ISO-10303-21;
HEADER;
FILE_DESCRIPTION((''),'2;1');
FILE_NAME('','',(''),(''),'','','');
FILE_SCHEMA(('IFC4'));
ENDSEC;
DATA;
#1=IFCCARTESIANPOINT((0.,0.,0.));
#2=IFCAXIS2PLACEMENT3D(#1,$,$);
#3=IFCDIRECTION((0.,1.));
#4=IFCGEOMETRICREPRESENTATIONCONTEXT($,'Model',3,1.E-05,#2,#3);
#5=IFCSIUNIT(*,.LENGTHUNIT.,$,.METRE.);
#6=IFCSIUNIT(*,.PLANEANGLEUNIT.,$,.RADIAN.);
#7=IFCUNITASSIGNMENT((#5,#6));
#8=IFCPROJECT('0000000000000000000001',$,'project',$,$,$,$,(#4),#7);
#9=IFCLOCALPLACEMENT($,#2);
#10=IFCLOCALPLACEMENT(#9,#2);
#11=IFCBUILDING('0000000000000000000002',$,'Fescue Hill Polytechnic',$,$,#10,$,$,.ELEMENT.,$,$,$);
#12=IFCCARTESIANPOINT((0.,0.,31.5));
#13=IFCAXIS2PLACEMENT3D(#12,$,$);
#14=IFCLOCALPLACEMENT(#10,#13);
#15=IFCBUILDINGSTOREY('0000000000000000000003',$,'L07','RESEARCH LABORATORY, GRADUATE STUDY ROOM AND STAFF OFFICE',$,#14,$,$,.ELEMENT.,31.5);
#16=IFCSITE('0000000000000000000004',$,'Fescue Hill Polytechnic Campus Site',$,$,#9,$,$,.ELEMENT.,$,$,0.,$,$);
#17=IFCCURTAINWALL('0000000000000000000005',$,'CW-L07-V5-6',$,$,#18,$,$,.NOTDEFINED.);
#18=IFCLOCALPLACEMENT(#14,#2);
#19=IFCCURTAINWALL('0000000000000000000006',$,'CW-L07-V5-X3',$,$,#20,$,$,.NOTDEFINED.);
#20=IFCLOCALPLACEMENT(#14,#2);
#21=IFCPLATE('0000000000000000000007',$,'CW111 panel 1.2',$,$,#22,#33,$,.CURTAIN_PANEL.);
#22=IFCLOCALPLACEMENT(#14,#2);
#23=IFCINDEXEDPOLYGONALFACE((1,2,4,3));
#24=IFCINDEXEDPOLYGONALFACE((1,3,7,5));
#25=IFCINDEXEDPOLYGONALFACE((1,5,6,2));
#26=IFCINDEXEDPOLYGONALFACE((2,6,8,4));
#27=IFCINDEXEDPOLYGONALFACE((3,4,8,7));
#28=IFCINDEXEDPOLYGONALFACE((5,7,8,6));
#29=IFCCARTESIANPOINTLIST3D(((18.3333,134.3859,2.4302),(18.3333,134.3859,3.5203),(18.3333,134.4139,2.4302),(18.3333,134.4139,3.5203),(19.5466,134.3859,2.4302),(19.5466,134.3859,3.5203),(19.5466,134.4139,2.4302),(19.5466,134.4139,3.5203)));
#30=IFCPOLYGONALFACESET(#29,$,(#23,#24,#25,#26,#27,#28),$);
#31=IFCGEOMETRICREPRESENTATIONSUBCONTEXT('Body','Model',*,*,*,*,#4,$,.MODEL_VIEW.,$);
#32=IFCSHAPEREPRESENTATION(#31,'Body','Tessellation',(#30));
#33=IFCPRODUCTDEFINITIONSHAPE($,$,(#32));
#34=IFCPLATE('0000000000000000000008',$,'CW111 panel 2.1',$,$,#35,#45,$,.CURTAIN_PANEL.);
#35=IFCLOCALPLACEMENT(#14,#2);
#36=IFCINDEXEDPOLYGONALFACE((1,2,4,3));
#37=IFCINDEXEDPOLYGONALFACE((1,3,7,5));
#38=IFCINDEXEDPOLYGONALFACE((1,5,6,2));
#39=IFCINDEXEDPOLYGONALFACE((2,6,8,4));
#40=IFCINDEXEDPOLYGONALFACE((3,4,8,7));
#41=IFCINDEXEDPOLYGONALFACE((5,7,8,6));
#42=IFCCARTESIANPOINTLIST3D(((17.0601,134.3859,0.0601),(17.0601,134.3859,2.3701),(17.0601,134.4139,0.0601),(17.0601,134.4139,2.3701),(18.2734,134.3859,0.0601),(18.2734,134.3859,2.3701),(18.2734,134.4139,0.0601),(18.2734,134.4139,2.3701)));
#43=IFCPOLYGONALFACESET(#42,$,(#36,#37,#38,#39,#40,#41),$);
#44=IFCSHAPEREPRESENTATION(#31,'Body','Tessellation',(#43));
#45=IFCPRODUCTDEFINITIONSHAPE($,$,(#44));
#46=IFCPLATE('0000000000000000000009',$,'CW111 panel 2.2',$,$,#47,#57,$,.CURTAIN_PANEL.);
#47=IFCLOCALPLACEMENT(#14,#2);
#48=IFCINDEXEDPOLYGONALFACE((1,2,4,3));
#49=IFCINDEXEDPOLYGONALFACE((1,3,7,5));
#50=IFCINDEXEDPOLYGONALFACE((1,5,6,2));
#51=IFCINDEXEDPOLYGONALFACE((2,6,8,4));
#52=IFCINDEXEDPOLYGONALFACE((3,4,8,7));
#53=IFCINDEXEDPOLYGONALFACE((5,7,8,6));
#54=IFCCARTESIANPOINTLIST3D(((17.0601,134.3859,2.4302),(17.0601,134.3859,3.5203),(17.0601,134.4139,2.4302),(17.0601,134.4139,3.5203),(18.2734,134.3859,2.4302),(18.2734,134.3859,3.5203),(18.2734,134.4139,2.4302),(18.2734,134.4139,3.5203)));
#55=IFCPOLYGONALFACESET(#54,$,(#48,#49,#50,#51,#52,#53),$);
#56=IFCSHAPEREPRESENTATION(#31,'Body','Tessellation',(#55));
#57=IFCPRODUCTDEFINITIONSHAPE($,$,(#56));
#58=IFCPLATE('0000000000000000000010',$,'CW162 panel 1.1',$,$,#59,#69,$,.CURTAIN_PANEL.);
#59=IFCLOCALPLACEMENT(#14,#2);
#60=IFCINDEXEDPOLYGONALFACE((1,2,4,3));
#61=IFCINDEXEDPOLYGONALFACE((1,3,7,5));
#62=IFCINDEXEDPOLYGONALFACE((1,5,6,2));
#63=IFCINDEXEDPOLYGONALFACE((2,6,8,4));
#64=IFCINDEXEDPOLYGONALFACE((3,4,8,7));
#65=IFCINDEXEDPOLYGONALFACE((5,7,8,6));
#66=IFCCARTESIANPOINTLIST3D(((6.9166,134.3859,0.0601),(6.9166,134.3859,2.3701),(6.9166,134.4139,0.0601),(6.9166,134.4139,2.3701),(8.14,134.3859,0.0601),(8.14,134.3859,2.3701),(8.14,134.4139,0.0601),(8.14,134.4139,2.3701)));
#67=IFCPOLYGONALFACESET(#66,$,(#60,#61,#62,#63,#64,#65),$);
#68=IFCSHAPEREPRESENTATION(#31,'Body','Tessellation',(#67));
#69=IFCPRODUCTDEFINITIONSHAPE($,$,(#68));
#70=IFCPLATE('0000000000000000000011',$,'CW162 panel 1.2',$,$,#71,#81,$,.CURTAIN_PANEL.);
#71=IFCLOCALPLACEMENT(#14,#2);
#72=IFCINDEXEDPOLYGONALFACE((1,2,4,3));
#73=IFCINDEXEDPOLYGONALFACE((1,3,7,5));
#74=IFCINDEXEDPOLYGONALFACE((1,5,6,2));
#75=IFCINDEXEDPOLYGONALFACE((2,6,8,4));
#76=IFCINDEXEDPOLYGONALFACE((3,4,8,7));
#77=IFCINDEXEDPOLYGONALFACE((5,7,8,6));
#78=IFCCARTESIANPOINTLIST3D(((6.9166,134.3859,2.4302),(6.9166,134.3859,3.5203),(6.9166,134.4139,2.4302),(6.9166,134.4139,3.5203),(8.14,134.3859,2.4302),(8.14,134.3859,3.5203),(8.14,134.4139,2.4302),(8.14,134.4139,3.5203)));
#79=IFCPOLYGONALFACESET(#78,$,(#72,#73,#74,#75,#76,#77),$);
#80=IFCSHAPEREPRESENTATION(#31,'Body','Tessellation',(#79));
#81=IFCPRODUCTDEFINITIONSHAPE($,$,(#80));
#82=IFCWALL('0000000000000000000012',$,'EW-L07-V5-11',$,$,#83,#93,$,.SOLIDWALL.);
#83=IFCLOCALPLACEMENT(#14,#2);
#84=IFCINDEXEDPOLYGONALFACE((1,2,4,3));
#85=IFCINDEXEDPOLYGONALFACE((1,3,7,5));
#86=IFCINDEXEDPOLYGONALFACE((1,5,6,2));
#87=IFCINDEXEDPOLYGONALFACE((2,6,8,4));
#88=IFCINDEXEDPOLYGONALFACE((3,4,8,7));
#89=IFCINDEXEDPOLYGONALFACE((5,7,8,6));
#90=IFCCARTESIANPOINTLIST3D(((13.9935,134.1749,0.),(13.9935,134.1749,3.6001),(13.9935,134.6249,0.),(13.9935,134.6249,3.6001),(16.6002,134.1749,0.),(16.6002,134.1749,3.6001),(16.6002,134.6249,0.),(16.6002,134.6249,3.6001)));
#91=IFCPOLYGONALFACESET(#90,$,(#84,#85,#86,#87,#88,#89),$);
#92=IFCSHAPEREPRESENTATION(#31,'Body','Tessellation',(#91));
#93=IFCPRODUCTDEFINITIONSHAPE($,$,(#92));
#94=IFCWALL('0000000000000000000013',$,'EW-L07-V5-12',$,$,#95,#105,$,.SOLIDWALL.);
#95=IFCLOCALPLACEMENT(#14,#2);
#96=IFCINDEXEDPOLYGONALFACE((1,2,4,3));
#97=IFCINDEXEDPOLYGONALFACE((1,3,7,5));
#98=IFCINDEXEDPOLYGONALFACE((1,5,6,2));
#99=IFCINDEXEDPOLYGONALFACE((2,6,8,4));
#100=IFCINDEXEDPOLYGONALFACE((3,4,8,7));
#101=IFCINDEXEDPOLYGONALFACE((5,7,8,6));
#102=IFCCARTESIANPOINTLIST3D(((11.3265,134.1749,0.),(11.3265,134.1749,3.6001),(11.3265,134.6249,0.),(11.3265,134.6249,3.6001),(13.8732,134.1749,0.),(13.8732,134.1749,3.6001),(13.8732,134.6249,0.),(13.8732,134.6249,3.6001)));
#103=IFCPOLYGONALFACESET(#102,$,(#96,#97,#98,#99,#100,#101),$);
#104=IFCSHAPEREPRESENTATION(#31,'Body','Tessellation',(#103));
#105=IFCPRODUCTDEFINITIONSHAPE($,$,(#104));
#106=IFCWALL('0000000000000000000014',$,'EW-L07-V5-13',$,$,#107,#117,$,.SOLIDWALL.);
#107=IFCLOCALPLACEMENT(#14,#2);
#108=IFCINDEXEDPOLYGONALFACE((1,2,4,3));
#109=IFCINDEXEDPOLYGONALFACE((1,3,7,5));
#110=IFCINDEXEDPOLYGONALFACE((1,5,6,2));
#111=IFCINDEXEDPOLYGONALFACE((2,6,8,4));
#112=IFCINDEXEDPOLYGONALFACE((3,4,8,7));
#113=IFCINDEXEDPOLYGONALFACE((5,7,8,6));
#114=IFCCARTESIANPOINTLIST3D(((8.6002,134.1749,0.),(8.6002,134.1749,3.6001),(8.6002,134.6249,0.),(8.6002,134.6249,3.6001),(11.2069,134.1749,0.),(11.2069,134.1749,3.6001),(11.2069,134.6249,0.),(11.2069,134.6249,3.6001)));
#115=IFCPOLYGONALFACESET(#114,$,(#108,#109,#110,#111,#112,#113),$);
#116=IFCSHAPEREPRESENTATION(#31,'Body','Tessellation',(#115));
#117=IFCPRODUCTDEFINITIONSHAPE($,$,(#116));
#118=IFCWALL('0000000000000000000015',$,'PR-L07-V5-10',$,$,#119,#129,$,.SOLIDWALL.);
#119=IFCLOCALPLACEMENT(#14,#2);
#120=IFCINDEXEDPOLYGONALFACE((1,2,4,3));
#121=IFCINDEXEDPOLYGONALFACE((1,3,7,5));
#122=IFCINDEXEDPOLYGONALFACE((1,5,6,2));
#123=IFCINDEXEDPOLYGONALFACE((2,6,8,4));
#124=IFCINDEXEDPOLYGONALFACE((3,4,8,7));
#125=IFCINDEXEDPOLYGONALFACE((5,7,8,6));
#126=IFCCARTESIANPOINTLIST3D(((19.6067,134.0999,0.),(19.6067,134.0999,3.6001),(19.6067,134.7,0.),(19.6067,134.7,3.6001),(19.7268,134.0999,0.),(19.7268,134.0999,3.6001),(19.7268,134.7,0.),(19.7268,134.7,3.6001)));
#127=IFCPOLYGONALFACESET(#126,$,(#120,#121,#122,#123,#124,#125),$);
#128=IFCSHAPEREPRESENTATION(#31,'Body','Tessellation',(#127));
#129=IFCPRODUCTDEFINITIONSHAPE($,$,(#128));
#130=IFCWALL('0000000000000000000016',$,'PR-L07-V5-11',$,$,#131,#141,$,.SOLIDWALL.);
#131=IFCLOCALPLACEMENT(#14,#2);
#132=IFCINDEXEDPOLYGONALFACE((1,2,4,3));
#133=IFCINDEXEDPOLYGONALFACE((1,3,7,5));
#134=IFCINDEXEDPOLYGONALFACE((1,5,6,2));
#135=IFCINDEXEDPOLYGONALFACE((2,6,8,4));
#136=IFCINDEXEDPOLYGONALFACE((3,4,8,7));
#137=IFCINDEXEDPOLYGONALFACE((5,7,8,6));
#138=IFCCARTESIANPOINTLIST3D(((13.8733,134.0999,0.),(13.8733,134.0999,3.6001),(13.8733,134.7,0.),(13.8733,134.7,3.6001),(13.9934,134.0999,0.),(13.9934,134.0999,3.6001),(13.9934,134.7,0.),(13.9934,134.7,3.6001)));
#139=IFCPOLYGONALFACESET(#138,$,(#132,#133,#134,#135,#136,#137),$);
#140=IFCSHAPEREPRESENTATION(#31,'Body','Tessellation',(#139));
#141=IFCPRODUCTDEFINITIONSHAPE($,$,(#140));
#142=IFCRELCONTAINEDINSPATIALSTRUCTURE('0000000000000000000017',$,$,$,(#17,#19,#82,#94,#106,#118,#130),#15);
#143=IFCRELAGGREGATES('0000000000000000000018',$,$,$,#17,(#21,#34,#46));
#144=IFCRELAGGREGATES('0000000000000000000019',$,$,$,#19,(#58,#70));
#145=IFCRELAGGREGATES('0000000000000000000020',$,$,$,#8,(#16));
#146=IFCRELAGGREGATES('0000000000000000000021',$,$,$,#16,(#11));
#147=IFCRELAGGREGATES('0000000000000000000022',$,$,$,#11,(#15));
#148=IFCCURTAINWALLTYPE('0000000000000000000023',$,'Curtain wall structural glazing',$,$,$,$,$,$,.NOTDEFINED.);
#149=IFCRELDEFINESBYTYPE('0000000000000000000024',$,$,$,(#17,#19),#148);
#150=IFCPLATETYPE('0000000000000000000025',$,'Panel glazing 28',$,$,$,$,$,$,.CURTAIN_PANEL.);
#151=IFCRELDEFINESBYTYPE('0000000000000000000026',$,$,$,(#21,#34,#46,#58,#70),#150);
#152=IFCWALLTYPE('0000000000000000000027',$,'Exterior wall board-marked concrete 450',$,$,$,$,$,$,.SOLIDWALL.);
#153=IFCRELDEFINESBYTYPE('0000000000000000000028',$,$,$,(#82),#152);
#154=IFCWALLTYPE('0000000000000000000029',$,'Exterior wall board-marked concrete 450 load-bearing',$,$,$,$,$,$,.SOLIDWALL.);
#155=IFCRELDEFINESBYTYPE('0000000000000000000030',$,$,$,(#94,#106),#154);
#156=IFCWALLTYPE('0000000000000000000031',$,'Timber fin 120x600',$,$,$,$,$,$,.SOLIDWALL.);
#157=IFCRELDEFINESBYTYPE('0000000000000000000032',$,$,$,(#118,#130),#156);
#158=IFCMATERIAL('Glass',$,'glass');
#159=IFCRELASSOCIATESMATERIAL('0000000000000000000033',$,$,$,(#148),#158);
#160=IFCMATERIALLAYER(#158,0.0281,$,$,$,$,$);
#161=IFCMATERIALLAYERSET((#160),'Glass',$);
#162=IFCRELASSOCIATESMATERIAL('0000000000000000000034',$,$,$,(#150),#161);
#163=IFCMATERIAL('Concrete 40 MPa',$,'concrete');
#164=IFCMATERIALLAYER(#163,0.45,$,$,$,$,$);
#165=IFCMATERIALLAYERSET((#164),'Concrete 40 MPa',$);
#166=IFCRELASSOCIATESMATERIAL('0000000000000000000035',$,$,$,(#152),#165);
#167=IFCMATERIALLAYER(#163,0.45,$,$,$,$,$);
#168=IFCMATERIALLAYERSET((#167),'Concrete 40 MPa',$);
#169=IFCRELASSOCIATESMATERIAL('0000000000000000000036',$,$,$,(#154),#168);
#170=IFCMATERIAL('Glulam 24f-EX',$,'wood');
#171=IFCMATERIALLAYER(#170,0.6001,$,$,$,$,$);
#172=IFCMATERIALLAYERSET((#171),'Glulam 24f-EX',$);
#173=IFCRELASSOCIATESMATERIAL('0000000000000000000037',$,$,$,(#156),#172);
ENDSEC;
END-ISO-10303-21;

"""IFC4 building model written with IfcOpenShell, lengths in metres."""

from ifc_helpers import new_model, si_unit, direction, frame, frame_2d, origin, origin_2d, place, context, subcontext, project, spatial, rectangle, extrude, material, layer, layer_set, type_object, element, aggregate, save


model = new_model("IFC4")

# Units and contexts
model_context = context("Model", 3, precision=1e-05, world=origin(), true_north=direction((0.0, 1.0)))
body_context = subcontext(model_context, "Body", "Model", "MODEL_VIEW")
ifc_project = project(units=[si_unit("LENGTHUNIT", "METRE"), si_unit("PLANEANGLEUNIT", "RADIAN")], contexts=[model_context])

# Site, building, storey
site_placement = place(None, origin())
site = spatial("IfcSite", under=ifc_project, at=site_placement, Name="Fescue Hill Polytechnic Campus Site", CompositionType="ELEMENT", RefElevation=0.0)
building_placement = place(site_placement, origin())
building = spatial("IfcBuilding", under=site, at=building_placement, Name="Fescue Hill Polytechnic", CompositionType="ELEMENT")
storey_placement = place(building_placement, frame((0.0, 0.0, 31.5)))
storey = spatial("IfcBuildingStorey", under=building, at=storey_placement, Name="L07", Description="RESEARCH LABORATORY, GRADUATE STUDY ROOM AND STAFF OFFICE", CompositionType="ELEMENT", Elevation=31.5)

# Shared definitions
ifc_material_1 = material(Name="Concrete 40 MPa", Category="concrete")

# Shared definitions
ifc_material_2 = material(Name="Glass", Category="glass")
curtain_wall_type = type_object("IfcCurtainWallType", Name="Curtain wall structural glazing", PredefinedType="NOTDEFINED", material=ifc_material_2)

# Curtain walls
curtain_wall_1_placement = place(storey_placement, origin())
curtain_wall_1 = element("IfcCurtainWall", 1, at=curtain_wall_1_placement, inside=storey, type_object=curtain_wall_type, Name="CW-L07-V5-6", PredefinedType="NOTDEFINED")
curtain_wall_2_placement = place(storey_placement, origin())
curtain_wall_2 = element("IfcCurtainWall", 2, at=curtain_wall_2_placement, inside=storey, type_object=curtain_wall_type, Name="CW-L07-V5-X3", PredefinedType="NOTDEFINED")

# Plates
ifc_layer_1 = layer(ifc_material_2, 0.0281)
ifc_layer_set_1 = layer_set([ifc_layer_1], Name="Glass")
plate_type = type_object("IfcPlateType", Name="Panel glazing 28", PredefinedType="CURTAIN_PANEL", material=ifc_layer_set_1)
plate_1_placement = place(storey_placement, frame((18.9399, 134.3999, 2.4302), z_axis=(0.0, 0.0, 1.0), x_axis=(-1.0, 0.0, 0.0)))
plate_1 = element("IfcPlate", 3, at=plate_1_placement, type_object=plate_type, Name="CW111 panel 1.2", PredefinedType="CURTAIN_PANEL", context=body_context, shape_type="SweptSolid", body=[
    extrude(rectangle(XDim=1.2134, YDim=0.0281, at=origin_2d()), origin(), (0.0, 0.0, 1.0), 1.0901),
])
plate_2_placement = place(storey_placement, frame((17.6667, 134.3999, 0.0601), z_axis=(0.0, 0.0, 1.0), x_axis=(-1.0, 0.0, 0.0)))
plate_2 = element("IfcPlate", 4, at=plate_2_placement, type_object=plate_type, Name="CW111 panel 2.1", PredefinedType="CURTAIN_PANEL", context=body_context, shape_type="SweptSolid", body=[
    extrude(rectangle(XDim=1.2134, YDim=0.0281, at=origin_2d()), origin(), (0.0, 0.0, 1.0), 2.3101),
])
plate_3_placement = place(storey_placement, frame((17.6667, 134.3999, 2.4302), z_axis=(0.0, 0.0, 1.0), x_axis=(-1.0, 0.0, 0.0)))
plate_3 = element("IfcPlate", 5, at=plate_3_placement, type_object=plate_type, Name="CW111 panel 2.2", PredefinedType="CURTAIN_PANEL", context=body_context, shape_type="SweptSolid", body=[
    extrude(rectangle(XDim=1.2134, YDim=0.0281, at=origin_2d()), origin(), (0.0, 0.0, 1.0), 1.0901),
])
aggregate(curtain_wall_1, [plate_1, plate_2, plate_3])
plate_4_placement = place(storey_placement, frame((7.5283, 134.3999, 0.0601), z_axis=(0.0, 0.0, 1.0), x_axis=(-1.0, 0.0, 0.0)))
plate_4 = element("IfcPlate", 6, at=plate_4_placement, type_object=plate_type, Name="CW162 panel 1.1", PredefinedType="CURTAIN_PANEL", context=body_context, shape_type="SweptSolid", body=[
    extrude(rectangle(XDim=1.2234, YDim=0.0281, at=origin_2d()), origin(), (0.0, 0.0, 1.0), 2.3101),
])
plate_5_placement = place(storey_placement, frame((7.5283, 134.3999, 2.4302), z_axis=(0.0, 0.0, 1.0), x_axis=(-1.0, 0.0, 0.0)))
plate_5 = element("IfcPlate", 7, at=plate_5_placement, type_object=plate_type, Name="CW162 panel 1.2", PredefinedType="CURTAIN_PANEL", context=body_context, shape_type="SweptSolid", body=[
    extrude(rectangle(XDim=1.2234, YDim=0.0281, at=origin_2d()), origin(), (0.0, 0.0, 1.0), 1.0901),
])
aggregate(curtain_wall_2, [plate_4, plate_5])

# Walls
ifc_layer_2 = layer(ifc_material_1, 0.45)
ifc_layer_set_2 = layer_set([ifc_layer_2], Name="Concrete 40 MPa")
wall_type_1 = type_object("IfcWallType", Name="Exterior wall board-marked concrete 450", PredefinedType="SOLIDWALL", material=ifc_layer_set_2)
wall_1_placement = place(storey_placement, frame((16.6001, 134.3999, 0.0), z_axis=(0.0, 0.0, 1.0), x_axis=(-1.0, 0.0, 0.0)))
element("IfcWall", 8, at=wall_1_placement, inside=storey, type_object=wall_type_1, Name="EW-L07-V5-11", PredefinedType="SOLIDWALL", context=body_context, shape_type="SweptSolid", body=[
    extrude(rectangle(XDim=2.6067, YDim=0.45, at=frame_2d((1.3032, 0.0))), origin(), (0.0, 0.0, 1.0), 3.6001),
])
ifc_layer_3 = layer(ifc_material_1, 0.45)
ifc_layer_set_3 = layer_set([ifc_layer_3], Name="Concrete 40 MPa")
wall_type_2 = type_object("IfcWallType", Name="Exterior wall board-marked concrete 450 load-bearing", PredefinedType="SOLIDWALL", material=ifc_layer_set_3)
wall_2_placement = place(storey_placement, frame((13.8733, 134.3999, 0.0), z_axis=(0.0, 0.0, 1.0), x_axis=(-1.0, 0.0, 0.0)))
element("IfcWall", 9, at=wall_2_placement, inside=storey, type_object=wall_type_2, Name="EW-L07-V5-12", PredefinedType="SOLIDWALL", context=body_context, shape_type="SweptSolid", body=[
    extrude(rectangle(XDim=2.5466, YDim=0.45, at=frame_2d((1.2734, 0.0))), origin(), (0.0, 0.0, 1.0), 3.6001),
])
wall_3_placement = place(storey_placement, frame((11.2068, 134.3999, 0.0), z_axis=(0.0, 0.0, 1.0), x_axis=(-1.0, 0.0, 0.0)))
element("IfcWall", 10, at=wall_3_placement, inside=storey, type_object=wall_type_2, Name="EW-L07-V5-13", PredefinedType="SOLIDWALL", context=body_context, shape_type="SweptSolid", body=[
    extrude(rectangle(XDim=2.6067, YDim=0.45, at=frame_2d((1.3032, 0.0))), origin(), (0.0, 0.0, 1.0), 3.6001),
])
ifc_material_3 = material(Name="Glulam 24f-EX", Category="wood")
ifc_layer_4 = layer(ifc_material_3, 0.6001)
ifc_layer_set_4 = layer_set([ifc_layer_4], Name="Glulam 24f-EX")
wall_type_3 = type_object("IfcWallType", Name="Timber fin 120x600", PredefinedType="SOLIDWALL", material=ifc_layer_set_4)
for number, where, z_axis, x_axis, name in (
    (11, (19.7268, 134.3999, 0.0), (0.0, 0.0, 1.0), (-1.0, 0.0, 0.0), "PR-L07-V5-10"),
    (12, (13.9934, 134.3999, 0.0), (0.0, 0.0, 1.0), (-1.0, 0.0, 0.0), "PR-L07-V5-11"),
):
    element("IfcWall", number, at=place(storey_placement, frame(where, z_axis=z_axis, x_axis=x_axis)), inside=storey, type_object=wall_type_3, Name=name, PredefinedType="SOLIDWALL", context=body_context, shape_type="SweptSolid", body=[
        extrude(rectangle(XDim=0.1201, YDim=0.6001, at=frame_2d((0.0601, 0.0))), origin(), (0.0, 0.0, 1.0), 3.6001),
    ])

save(model, "model.ifc")
